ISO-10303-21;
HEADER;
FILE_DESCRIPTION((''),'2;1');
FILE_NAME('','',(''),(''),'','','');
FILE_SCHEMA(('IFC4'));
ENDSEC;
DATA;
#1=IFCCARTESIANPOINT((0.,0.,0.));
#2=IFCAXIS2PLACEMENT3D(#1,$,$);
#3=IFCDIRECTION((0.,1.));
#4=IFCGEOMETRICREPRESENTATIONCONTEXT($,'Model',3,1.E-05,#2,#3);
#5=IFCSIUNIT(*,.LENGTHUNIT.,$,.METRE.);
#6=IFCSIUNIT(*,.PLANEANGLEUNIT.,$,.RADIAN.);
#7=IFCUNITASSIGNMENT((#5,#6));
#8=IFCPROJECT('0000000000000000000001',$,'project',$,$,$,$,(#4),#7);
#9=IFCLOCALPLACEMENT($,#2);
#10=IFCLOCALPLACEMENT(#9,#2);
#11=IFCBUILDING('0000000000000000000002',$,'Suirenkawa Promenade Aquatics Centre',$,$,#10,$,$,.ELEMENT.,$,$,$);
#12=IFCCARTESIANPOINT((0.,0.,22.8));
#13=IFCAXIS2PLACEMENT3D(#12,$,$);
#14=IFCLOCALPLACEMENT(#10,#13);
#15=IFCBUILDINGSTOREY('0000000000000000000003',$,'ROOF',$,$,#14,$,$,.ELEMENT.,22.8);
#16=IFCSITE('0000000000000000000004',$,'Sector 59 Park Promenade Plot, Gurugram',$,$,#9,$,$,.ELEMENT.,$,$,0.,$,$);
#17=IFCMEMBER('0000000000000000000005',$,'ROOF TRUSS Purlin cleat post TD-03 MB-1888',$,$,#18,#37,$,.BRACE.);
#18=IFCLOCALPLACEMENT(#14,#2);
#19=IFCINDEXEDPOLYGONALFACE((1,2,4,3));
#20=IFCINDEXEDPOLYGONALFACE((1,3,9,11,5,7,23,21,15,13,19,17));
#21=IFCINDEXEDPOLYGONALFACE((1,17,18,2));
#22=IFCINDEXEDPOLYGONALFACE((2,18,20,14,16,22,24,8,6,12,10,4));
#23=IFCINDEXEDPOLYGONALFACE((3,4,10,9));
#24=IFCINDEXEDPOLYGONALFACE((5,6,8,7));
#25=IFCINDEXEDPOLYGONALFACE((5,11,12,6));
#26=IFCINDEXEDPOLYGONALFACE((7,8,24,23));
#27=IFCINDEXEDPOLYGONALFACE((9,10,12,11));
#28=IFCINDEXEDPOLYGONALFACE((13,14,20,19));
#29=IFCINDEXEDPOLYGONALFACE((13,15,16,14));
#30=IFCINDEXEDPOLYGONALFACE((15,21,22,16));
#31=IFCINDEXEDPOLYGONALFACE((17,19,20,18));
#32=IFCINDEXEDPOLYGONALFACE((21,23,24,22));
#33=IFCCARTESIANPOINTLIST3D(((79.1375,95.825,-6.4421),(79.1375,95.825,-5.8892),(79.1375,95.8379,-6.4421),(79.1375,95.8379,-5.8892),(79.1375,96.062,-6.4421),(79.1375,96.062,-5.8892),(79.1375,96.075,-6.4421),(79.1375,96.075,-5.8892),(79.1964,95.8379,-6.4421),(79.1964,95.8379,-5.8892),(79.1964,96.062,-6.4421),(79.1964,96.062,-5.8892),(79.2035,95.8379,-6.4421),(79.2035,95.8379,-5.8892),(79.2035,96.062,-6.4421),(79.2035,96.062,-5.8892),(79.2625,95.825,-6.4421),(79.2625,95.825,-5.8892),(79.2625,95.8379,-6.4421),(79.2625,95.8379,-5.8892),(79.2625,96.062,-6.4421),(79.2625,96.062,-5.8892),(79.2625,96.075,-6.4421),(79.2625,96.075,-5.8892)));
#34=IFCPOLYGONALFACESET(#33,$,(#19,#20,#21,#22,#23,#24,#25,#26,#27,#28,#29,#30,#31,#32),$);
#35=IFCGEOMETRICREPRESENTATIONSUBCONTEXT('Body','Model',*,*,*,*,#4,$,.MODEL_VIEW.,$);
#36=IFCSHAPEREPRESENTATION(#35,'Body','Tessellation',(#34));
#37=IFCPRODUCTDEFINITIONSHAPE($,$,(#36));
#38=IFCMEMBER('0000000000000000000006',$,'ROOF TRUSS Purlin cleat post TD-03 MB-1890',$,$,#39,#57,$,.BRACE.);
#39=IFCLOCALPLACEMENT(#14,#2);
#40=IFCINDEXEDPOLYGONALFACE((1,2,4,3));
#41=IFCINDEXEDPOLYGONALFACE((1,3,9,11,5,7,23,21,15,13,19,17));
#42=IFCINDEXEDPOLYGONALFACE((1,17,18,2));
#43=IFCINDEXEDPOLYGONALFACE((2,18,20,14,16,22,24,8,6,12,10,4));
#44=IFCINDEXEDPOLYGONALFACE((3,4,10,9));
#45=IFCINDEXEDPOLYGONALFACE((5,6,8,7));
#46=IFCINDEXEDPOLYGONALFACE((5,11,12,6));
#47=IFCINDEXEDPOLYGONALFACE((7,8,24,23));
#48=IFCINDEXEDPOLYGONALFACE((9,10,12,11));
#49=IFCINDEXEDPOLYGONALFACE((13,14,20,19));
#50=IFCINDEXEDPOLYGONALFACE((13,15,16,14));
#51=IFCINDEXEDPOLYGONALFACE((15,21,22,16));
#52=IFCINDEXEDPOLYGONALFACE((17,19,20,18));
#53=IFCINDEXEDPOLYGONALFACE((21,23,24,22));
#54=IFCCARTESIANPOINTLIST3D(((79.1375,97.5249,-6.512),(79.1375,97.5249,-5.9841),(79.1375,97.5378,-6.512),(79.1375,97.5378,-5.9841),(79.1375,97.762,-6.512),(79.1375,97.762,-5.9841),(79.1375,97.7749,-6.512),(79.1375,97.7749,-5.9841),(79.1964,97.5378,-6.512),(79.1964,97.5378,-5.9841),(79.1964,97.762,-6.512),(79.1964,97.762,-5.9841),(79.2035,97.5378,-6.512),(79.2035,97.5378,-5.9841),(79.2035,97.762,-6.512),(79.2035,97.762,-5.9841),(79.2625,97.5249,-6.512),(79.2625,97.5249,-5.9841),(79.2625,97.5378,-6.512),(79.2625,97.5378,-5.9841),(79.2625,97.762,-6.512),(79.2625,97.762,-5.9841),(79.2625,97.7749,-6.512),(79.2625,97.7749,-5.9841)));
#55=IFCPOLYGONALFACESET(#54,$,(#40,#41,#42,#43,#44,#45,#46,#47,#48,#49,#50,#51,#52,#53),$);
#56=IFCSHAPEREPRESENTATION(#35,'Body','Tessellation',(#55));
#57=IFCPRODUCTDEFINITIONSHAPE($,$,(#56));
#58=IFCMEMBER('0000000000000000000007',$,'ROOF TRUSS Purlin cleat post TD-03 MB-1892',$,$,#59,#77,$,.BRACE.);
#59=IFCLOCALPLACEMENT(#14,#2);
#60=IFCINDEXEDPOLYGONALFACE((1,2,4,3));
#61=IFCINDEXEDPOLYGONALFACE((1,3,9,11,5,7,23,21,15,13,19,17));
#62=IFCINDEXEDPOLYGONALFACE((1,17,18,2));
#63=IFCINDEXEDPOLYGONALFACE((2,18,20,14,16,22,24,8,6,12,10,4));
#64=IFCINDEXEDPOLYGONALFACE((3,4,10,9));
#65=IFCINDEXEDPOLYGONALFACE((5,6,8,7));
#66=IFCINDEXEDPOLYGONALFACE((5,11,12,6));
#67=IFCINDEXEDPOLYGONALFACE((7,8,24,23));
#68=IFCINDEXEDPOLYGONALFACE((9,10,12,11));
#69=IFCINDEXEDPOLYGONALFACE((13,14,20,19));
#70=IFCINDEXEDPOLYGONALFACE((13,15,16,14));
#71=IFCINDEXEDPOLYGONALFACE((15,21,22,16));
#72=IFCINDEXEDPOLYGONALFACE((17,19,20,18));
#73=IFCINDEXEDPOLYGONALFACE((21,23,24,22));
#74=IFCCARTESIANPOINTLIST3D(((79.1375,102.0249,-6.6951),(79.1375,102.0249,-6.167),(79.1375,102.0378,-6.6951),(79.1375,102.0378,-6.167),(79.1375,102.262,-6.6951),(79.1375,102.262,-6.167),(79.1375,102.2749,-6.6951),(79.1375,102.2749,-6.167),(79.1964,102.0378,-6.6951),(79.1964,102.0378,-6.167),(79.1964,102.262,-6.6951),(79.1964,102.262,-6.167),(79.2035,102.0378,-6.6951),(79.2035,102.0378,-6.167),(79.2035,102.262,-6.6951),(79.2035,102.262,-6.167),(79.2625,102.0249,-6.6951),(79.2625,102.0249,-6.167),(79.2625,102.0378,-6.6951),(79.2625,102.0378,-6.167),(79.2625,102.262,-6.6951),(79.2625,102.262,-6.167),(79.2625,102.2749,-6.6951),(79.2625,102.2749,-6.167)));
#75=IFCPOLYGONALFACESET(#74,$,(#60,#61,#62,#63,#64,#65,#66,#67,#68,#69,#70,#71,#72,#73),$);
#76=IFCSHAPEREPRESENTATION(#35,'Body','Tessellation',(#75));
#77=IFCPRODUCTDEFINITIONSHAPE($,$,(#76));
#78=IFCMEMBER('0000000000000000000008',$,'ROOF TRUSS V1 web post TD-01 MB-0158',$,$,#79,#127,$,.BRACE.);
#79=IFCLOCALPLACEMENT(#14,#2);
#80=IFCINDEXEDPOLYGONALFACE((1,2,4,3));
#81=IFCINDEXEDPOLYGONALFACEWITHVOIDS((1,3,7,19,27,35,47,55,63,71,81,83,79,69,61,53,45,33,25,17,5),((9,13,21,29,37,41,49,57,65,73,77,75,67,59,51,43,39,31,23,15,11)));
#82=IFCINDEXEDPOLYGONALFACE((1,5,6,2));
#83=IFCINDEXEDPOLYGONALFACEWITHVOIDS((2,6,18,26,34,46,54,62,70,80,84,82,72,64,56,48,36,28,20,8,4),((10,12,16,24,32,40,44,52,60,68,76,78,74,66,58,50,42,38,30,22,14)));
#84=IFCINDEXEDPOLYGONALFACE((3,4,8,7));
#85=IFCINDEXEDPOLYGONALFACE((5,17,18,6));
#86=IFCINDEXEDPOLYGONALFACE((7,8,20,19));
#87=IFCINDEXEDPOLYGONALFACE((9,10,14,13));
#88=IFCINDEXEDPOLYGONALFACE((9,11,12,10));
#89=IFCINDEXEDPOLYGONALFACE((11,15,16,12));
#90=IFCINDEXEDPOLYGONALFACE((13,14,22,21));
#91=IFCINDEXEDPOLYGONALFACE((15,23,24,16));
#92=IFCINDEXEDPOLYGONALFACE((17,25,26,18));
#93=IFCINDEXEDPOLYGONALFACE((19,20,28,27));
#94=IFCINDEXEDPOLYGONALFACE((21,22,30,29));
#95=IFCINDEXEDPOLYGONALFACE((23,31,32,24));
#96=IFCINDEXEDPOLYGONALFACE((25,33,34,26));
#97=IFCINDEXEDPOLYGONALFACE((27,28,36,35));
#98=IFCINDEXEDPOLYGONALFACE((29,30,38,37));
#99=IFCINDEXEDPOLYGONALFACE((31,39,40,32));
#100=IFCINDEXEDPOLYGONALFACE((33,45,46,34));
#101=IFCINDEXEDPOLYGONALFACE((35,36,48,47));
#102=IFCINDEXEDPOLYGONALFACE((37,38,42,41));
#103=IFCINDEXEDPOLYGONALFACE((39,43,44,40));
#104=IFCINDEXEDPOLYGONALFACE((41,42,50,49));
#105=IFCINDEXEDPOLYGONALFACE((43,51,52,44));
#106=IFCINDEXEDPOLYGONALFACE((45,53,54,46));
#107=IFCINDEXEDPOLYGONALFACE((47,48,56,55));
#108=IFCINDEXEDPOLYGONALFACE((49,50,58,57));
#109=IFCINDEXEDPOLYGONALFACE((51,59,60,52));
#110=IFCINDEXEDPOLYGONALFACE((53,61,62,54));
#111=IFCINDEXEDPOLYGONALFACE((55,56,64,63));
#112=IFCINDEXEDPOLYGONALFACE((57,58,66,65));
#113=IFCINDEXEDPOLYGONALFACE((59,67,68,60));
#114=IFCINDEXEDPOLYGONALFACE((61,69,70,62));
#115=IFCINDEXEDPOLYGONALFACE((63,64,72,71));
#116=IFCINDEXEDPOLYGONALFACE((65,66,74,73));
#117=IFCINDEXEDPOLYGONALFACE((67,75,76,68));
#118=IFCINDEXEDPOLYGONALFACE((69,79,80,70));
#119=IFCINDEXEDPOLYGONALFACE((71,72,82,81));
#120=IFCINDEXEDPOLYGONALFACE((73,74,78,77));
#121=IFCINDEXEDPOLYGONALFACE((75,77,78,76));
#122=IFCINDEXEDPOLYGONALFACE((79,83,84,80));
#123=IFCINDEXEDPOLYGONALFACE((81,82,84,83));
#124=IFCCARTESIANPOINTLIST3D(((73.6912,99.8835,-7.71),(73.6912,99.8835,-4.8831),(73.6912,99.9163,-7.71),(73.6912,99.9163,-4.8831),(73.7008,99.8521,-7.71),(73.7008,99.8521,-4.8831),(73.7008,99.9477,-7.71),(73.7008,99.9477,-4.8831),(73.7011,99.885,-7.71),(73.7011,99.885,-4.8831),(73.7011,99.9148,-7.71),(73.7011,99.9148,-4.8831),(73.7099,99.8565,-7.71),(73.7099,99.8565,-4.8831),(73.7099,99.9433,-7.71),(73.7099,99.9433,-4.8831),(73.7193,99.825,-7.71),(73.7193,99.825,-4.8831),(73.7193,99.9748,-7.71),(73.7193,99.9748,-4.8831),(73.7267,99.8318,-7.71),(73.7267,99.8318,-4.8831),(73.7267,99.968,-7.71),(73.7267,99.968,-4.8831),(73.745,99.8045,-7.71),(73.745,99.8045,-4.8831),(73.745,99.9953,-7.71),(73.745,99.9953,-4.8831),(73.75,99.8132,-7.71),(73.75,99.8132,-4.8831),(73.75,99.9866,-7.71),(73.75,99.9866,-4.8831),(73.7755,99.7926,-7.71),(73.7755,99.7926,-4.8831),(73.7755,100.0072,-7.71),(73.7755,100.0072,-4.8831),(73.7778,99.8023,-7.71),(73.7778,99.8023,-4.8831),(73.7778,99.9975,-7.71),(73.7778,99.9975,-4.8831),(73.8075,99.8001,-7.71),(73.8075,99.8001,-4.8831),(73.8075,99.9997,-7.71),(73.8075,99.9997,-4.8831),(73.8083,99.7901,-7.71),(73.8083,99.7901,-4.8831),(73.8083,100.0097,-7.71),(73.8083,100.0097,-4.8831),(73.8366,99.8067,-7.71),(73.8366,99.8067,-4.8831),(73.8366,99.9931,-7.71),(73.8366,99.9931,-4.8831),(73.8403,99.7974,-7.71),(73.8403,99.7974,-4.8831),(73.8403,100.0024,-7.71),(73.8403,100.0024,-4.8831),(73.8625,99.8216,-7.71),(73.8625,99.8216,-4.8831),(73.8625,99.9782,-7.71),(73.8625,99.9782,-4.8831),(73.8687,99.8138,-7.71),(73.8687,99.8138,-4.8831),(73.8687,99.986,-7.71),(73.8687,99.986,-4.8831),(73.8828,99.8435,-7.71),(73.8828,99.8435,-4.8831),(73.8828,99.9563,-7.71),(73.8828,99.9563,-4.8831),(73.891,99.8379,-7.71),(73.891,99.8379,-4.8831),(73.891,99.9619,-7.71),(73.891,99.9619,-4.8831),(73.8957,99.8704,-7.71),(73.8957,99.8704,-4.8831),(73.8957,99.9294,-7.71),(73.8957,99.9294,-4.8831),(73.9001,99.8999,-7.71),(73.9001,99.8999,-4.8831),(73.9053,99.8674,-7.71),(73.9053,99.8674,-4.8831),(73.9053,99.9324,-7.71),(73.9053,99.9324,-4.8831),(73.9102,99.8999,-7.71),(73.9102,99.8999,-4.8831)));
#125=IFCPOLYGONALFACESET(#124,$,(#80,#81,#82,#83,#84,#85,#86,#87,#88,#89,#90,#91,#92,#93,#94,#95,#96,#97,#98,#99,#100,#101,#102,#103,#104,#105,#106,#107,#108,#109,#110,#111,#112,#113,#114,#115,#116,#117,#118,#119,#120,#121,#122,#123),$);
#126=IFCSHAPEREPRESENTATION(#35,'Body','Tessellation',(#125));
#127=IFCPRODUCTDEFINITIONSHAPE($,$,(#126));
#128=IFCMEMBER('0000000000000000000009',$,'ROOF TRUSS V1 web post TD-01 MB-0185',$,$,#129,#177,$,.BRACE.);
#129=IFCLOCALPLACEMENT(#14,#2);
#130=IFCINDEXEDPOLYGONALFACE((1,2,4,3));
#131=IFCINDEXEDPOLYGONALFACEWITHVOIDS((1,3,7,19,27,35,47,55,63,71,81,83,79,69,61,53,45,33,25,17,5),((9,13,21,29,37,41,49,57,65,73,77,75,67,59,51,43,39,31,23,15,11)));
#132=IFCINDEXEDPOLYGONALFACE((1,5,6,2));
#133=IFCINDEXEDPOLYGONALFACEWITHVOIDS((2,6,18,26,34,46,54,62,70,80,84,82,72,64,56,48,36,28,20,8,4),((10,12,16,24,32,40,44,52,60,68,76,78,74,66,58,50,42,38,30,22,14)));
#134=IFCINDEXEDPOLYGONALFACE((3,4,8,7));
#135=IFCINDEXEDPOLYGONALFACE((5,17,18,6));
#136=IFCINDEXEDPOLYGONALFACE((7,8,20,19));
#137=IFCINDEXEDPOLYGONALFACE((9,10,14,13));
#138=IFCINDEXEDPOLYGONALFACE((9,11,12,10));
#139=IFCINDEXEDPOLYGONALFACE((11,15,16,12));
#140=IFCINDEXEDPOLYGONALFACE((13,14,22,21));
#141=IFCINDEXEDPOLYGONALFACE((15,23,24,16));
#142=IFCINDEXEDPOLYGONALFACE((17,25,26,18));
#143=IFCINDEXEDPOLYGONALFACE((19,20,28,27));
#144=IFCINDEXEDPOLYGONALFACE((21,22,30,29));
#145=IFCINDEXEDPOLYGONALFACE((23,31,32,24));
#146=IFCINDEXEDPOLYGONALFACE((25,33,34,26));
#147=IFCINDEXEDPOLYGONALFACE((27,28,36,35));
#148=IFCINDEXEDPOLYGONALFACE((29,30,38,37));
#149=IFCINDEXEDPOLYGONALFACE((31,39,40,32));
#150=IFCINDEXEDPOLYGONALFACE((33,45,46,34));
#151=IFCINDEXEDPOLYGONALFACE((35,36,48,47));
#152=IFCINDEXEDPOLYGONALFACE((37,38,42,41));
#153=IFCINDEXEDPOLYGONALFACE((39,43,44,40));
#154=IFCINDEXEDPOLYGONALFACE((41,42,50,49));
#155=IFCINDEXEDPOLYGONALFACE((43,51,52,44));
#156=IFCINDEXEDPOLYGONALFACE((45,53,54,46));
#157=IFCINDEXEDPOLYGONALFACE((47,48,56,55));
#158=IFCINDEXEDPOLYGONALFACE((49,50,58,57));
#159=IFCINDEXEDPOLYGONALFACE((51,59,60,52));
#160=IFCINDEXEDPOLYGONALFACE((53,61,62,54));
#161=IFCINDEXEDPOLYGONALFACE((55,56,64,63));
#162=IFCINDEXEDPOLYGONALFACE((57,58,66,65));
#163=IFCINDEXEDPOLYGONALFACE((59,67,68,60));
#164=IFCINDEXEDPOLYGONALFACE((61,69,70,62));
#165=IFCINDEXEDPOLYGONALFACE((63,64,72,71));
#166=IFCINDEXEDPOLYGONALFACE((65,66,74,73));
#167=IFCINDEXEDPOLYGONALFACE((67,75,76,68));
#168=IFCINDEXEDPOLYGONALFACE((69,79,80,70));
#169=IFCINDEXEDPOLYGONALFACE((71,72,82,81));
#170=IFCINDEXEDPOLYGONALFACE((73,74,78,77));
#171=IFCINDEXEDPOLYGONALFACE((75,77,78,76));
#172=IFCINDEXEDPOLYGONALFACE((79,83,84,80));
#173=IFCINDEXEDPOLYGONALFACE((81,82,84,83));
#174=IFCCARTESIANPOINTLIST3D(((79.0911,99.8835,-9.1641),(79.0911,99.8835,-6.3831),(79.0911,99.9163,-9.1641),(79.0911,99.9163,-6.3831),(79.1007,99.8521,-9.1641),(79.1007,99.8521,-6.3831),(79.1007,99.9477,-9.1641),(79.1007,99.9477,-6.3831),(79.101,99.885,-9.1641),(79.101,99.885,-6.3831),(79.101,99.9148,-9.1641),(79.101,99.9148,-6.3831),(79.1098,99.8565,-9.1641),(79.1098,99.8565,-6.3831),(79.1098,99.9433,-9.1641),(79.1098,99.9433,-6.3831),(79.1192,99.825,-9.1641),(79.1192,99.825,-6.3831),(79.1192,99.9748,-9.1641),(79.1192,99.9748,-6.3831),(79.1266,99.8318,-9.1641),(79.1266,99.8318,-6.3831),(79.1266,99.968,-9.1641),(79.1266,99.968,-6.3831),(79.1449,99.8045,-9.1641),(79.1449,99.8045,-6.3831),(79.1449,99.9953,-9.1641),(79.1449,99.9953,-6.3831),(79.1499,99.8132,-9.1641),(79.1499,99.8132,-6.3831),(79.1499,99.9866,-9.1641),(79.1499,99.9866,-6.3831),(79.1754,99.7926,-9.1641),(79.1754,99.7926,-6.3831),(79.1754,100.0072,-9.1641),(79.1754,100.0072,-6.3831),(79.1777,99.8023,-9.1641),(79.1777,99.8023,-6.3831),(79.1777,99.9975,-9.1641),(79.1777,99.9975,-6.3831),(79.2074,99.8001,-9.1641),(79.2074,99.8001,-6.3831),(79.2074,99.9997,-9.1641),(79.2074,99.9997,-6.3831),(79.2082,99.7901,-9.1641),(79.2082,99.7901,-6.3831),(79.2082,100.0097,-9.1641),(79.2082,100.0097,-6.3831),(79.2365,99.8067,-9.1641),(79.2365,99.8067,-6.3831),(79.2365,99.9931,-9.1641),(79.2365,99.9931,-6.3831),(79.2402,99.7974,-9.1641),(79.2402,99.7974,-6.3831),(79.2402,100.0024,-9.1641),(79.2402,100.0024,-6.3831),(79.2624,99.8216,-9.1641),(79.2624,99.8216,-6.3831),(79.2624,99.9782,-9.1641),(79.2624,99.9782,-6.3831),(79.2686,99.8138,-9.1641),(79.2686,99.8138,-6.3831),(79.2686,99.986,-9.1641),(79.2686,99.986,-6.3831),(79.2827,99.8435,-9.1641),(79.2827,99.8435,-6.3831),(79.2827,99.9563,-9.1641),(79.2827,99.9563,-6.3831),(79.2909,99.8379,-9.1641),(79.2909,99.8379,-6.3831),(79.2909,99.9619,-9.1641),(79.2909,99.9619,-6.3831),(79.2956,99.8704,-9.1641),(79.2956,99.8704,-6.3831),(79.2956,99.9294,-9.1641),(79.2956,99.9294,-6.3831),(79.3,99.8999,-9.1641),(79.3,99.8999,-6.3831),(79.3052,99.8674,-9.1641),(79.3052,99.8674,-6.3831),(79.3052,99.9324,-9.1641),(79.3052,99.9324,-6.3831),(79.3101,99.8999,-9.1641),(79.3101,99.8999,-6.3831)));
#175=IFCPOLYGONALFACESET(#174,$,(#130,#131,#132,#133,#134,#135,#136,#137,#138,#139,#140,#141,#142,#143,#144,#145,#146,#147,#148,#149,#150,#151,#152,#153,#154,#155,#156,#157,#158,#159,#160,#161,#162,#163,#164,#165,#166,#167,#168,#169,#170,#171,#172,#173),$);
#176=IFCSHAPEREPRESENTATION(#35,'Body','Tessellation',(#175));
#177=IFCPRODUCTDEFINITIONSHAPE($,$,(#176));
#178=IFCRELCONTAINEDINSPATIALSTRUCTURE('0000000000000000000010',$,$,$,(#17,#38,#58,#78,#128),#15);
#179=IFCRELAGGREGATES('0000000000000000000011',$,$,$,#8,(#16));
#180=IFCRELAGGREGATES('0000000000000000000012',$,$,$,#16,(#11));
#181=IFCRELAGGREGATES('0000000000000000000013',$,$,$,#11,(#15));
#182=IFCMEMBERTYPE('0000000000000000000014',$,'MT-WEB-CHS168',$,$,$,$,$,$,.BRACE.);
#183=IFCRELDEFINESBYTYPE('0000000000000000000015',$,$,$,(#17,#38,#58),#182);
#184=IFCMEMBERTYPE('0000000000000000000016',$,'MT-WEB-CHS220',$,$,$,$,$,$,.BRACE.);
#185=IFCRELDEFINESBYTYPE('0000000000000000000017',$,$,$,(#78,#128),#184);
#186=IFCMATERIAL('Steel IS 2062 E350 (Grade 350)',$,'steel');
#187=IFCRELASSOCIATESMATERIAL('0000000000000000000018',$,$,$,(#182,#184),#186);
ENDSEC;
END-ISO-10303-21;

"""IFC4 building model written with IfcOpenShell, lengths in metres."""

from ifc_helpers import new_model, si_unit, direction, frame, origin, origin_2d, place, context, subcontext, project, spatial, hollow_circle, i_section, extrude, material, material_profile, profile_set, type_object, element, save


model = new_model("IFC4")

# Units and contexts
model_context = context("Model", 3, precision=1e-05, world=origin(), true_north=direction((0.0, 1.0)))
body_context = subcontext(model_context, "Body", "Model", "MODEL_VIEW")
ifc_project = project(units=[si_unit("LENGTHUNIT", "METRE"), si_unit("PLANEANGLEUNIT", "RADIAN")], contexts=[model_context])

# Site, building, storey
site_placement = place(None, origin())
site = spatial("IfcSite", under=ifc_project, at=site_placement, Name="Sector 59 Park Promenade Plot, Gurugram", CompositionType="ELEMENT", RefElevation=0.0)
building_placement = place(site_placement, origin())
building = spatial("IfcBuilding", under=site, at=building_placement, Name="Suirenkawa Promenade Aquatics Centre", CompositionType="ELEMENT")
storey_placement = place(building_placement, frame((0.0, 0.0, 22.8)))
storey = spatial("IfcBuildingStorey", under=building, at=storey_placement, Name="ROOF", CompositionType="ELEMENT", Elevation=22.8)

# Shared definitions
ifc_material_1 = material(Name="Steel IS 2062 E350 (Grade 350)", Category="steel")

# Members
ifc_material_profile_1 = material_profile(ifc_material_1, i_section(OverallWidth=0.125, OverallDepth=0.25, WebThickness=0.0071, FlangeThickness=0.0129, at=origin_2d()), Name="ISMB 250", Category="steel")
ifc_profile_set_1 = profile_set([ifc_material_profile_1], Name="Steel IS 2062 E350 (Grade 350)")
member_type_1 = type_object("IfcMemberType", Name="MT-WEB-CHS168", PredefinedType="BRACE", material=ifc_profile_set_1)
member_1_placement = place(storey_placement, frame((79.2, 95.95, -6.4421), z_axis=(0.0, 0.0, 1.0), x_axis=(1.0, 0.0, 0.0)))
element("IfcMember", 1, at=member_1_placement, inside=storey, type_object=member_type_1, Name="ROOF TRUSS Purlin cleat post TD-03 MB-1888", PredefinedType="BRACE", context=body_context, shape_type="SweptSolid", body=[
    extrude(i_section(OverallWidth=0.125, OverallDepth=0.25, WebThickness=0.0071, FlangeThickness=0.0129, at=origin_2d()), origin(), (0.0, 0.0, 1.0), 0.553),
])
member_2_placement = place(storey_placement, frame((79.2, 97.6499, -6.512), z_axis=(0.0, 0.0, 1.0), x_axis=(1.0, 0.0, 0.0)))
element("IfcMember", 2, at=member_2_placement, inside=storey, type_object=member_type_1, Name="ROOF TRUSS Purlin cleat post TD-03 MB-1890", PredefinedType="BRACE", context=body_context, shape_type="SweptSolid", body=[
    extrude(i_section(OverallWidth=0.125, OverallDepth=0.25, WebThickness=0.0071, FlangeThickness=0.0129, at=origin_2d()), origin(), (0.0, 0.0, 1.0), 0.5278),
])
member_3_placement = place(storey_placement, frame((79.2, 102.1499, -6.6951), z_axis=(0.0, 0.0, 1.0), x_axis=(1.0, 0.0, 0.0)))
element("IfcMember", 3, at=member_3_placement, inside=storey, type_object=member_type_1, Name="ROOF TRUSS Purlin cleat post TD-03 MB-1892", PredefinedType="BRACE", context=body_context, shape_type="SweptSolid", body=[
    extrude(i_section(OverallWidth=0.125, OverallDepth=0.25, WebThickness=0.0071, FlangeThickness=0.0129, at=origin_2d()), origin(), (0.0, 0.0, 1.0), 0.5281),
])
ifc_material_profile_2 = material_profile(ifc_material_1, hollow_circle(Radius=0.1101, WallThickness=0.01, at=origin_2d()), Name="CHS 220x10", Category="steel")
ifc_profile_set_2 = profile_set([ifc_material_profile_2], Name="Steel IS 2062 E350 (Grade 350)")
member_type_2 = type_object("IfcMemberType", Name="MT-WEB-CHS220", PredefinedType="BRACE", material=ifc_profile_set_2)
member_4_placement = place(storey_placement, frame((73.8, 99.8999, -7.71), z_axis=(0.0, 0.0, 1.0), x_axis=(1.0, 0.0, 0.0)))
element("IfcMember", 4, at=member_4_placement, inside=storey, type_object=member_type_2, Name="ROOF TRUSS V1 web post TD-01 MB-0158", PredefinedType="BRACE", context=body_context, shape_type="SweptSolid", body=[
    extrude(hollow_circle(Radius=0.1101, WallThickness=0.01, at=origin_2d()), origin(), (0.0, 0.0, 1.0), 2.8269),
])
member_5_placement = place(storey_placement, frame((79.2, 99.8999, -9.1641), z_axis=(0.0, 0.0, 1.0), x_axis=(1.0, 0.0, 0.0)))
element("IfcMember", 5, at=member_5_placement, inside=storey, type_object=member_type_2, Name="ROOF TRUSS V1 web post TD-01 MB-0185", PredefinedType="BRACE", context=body_context, shape_type="SweptSolid", body=[
    extrude(hollow_circle(Radius=0.1101, WallThickness=0.01, at=origin_2d()), origin(), (0.0, 0.0, 1.0), 2.781),
])

save(model, "model.ifc")
